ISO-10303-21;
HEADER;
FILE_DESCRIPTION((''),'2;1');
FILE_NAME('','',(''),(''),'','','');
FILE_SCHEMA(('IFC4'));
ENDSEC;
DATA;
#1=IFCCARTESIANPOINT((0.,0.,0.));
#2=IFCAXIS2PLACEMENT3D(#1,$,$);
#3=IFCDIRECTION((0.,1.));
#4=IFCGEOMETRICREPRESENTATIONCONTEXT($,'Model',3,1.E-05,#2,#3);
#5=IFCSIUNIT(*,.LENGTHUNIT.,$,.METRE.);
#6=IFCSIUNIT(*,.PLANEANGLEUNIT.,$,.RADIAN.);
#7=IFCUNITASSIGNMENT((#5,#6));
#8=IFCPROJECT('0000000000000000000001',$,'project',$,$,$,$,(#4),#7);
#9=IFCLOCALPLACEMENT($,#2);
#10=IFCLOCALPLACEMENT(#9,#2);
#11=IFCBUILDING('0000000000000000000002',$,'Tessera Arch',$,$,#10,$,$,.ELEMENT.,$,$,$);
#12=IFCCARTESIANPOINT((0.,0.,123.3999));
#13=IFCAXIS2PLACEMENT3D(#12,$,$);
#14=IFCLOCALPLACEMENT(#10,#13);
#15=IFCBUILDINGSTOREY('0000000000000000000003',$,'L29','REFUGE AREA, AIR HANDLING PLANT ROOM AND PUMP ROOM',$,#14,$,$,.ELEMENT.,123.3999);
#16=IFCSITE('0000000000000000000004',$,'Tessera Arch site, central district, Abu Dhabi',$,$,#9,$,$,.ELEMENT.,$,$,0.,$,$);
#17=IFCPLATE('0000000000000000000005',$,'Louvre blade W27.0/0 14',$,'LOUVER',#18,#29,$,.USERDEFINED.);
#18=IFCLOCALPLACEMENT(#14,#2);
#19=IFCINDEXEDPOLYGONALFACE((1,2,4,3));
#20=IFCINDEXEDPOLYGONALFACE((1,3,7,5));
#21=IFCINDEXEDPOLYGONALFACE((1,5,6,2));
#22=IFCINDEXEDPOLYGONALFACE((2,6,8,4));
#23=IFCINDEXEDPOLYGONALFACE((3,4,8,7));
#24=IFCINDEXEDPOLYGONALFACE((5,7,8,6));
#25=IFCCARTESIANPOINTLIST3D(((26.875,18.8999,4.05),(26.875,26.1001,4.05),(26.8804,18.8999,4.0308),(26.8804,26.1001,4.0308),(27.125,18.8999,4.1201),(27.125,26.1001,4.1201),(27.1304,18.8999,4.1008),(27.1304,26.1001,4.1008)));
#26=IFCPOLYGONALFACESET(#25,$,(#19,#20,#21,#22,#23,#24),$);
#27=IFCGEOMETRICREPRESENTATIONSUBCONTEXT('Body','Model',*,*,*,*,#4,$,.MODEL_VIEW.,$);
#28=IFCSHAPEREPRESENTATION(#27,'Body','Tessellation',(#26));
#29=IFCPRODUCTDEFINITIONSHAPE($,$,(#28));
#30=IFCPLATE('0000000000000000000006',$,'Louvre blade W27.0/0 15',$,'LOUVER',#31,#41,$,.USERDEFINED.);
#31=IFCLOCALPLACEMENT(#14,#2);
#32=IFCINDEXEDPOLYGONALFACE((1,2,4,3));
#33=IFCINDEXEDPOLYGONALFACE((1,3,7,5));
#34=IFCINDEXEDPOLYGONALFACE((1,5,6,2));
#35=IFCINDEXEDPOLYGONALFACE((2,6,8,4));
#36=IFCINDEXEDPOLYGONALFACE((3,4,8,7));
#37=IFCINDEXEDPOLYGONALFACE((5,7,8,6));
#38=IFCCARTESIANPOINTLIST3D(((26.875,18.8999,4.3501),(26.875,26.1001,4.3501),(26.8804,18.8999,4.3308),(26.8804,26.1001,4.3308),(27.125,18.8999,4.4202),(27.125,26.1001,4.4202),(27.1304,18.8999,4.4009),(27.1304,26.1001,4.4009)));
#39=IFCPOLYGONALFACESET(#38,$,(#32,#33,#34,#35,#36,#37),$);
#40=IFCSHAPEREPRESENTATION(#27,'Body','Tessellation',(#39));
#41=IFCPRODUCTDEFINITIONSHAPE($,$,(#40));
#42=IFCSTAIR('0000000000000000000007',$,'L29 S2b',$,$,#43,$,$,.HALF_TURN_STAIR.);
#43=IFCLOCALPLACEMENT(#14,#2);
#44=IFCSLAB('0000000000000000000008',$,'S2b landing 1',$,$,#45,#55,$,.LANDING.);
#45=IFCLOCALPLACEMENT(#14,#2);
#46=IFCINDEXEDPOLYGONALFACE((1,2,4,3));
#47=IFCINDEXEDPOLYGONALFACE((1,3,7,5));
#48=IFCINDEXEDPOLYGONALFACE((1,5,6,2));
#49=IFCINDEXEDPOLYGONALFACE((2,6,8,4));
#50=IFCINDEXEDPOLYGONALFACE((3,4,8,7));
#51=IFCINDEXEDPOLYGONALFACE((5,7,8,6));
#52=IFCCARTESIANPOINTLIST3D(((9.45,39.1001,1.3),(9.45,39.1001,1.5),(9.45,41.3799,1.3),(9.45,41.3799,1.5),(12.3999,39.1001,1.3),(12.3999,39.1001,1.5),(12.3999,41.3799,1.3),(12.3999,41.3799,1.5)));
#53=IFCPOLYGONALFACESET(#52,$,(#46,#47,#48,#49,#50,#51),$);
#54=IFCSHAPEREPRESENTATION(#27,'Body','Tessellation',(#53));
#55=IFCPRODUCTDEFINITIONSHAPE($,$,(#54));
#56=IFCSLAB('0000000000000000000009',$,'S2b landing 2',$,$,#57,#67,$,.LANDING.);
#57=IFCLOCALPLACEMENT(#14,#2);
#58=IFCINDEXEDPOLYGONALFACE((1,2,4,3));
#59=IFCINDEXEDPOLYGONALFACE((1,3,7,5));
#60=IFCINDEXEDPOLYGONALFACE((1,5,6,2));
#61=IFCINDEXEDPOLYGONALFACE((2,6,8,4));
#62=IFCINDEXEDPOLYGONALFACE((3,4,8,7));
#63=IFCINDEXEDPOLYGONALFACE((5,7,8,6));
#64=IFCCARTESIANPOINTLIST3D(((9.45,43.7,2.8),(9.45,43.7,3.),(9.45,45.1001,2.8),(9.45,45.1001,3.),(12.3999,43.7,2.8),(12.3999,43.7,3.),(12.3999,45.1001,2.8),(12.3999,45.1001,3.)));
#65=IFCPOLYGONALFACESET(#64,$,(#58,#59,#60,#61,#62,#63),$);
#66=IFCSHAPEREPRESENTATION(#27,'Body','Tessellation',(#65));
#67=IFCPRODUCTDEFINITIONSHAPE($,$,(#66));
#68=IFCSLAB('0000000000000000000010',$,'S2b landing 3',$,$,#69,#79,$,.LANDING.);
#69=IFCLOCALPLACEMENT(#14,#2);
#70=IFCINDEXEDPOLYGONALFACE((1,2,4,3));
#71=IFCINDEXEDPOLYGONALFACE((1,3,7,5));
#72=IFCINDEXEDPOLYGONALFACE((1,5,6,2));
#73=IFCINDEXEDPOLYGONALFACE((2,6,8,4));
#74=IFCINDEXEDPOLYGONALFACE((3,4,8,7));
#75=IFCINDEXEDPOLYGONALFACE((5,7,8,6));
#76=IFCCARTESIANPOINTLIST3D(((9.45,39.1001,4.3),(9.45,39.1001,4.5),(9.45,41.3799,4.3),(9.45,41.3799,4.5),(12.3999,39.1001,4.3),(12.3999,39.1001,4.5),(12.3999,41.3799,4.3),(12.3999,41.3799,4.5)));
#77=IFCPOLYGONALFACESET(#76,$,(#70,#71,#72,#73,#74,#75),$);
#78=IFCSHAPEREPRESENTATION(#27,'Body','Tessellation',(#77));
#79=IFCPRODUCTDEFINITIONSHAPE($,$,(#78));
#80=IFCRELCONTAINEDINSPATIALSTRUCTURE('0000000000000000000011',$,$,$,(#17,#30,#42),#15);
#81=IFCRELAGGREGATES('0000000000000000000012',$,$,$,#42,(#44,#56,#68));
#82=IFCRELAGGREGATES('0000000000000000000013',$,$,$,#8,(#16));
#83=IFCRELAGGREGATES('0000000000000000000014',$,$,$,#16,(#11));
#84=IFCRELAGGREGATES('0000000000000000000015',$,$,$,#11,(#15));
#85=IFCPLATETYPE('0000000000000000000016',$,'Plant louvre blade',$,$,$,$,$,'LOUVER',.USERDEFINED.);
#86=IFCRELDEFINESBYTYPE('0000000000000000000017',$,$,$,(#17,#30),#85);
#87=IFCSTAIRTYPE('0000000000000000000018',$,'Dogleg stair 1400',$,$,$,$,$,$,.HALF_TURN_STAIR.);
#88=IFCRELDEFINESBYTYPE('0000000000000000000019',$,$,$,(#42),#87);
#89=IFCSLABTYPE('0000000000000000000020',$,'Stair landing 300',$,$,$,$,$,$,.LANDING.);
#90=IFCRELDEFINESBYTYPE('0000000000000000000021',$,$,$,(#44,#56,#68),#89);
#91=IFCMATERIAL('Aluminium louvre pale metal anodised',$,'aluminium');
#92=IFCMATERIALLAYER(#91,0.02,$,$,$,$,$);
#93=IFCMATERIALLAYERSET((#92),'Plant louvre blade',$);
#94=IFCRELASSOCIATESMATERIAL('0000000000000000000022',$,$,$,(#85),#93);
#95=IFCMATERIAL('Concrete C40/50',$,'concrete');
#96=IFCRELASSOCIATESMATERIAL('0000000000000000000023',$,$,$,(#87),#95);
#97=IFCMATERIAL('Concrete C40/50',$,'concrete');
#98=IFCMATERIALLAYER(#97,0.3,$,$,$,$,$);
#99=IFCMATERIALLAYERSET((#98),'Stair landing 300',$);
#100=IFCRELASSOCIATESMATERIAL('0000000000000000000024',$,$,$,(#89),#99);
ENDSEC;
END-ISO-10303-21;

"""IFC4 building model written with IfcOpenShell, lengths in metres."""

from ifc_helpers import new_model, si_unit, direction, frame, origin, place, context, subcontext, project, spatial, polyline, outline, extrude, material, layer, layer_set, type_object, element, aggregate, save


model = new_model("IFC4")

# Units and contexts
model_context = context("Model", 3, precision=1e-05, world=origin(), true_north=direction((0.0, 1.0)))
body_context = subcontext(model_context, "Body", "Model", "MODEL_VIEW")
ifc_project = project(units=[si_unit("LENGTHUNIT", "METRE"), si_unit("PLANEANGLEUNIT", "RADIAN")], contexts=[model_context])

# Site, building, storey
site_placement = place(None, origin())
site = spatial("IfcSite", under=ifc_project, at=site_placement, Name="Tessera Arch site, central district, Abu Dhabi", CompositionType="ELEMENT", RefElevation=0.0)
building_placement = place(site_placement, origin())
building = spatial("IfcBuilding", under=site, at=building_placement, Name="Tessera Arch", CompositionType="ELEMENT")
storey_placement = place(building_placement, frame((0.0, 0.0, 123.3999)))
storey = spatial("IfcBuildingStorey", under=building, at=storey_placement, Name="L29", Description="REFUGE AREA, AIR HANDLING PLANT ROOM AND PUMP ROOM", CompositionType="ELEMENT", Elevation=123.3999)

# Plates
ifc_material_1 = material(Name="Aluminium louvre pale metal anodised", Category="aluminium")
ifc_layer_1 = layer(ifc_material_1, 0.02)
ifc_layer_set_1 = layer_set([ifc_layer_1], Name="Plant louvre blade")
plate_type_1 = type_object("IfcPlateType", Name="Plant louvre blade", ElementType="LOUVER", PredefinedType="USERDEFINED", material=ifc_layer_set_1)
for number, where, z_axis, x_axis, name in (
    (1, (26.875, 26.1001, 4.05), (-0.269874, 0.0, 0.962896), (0.0, -1.0, 0.0), "Louvre blade W27.0/0 14"),
    (2, (26.875, 26.1001, 4.3501), (-0.269874, 0.0, 0.962896), (0.0, -1.0, 0.0), "Louvre blade W27.0/0 15"),
):
    element("IfcPlate", number, at=place(storey_placement, frame(where, z_axis=z_axis, x_axis=x_axis)), inside=storey, type_object=plate_type_1, Name=name, ObjectType="LOUVER", PredefinedType="USERDEFINED", context=body_context, shape_type="SweptSolid", body=[
        extrude(outline(polyline([(0.0, 0.0), (7.2002, 0.0), (7.2002, 0.2596), (0.0, 0.2596), (0.0, 0.0)])), origin(), (0.0, 0.0, -1.0), 0.02),
    ])

# Stair, slabs
ifc_material_2 = material(Name="Concrete C40/50", Category="concrete")
stair_type = type_object("IfcStairType", Name="Dogleg stair 1400", PredefinedType="HALF_TURN_STAIR", material=ifc_material_2)
stair_placement = place(storey_placement, origin())
stair = element("IfcStair", 3, at=stair_placement, inside=storey, type_object=stair_type, Name="L29 S2b", PredefinedType="HALF_TURN_STAIR")
ifc_material_3 = material(Name="Concrete C40/50", Category="concrete")
ifc_layer_2 = layer(ifc_material_3, 0.3)
ifc_layer_set_2 = layer_set([ifc_layer_2], Name="Stair landing 300")
slab_type = type_object("IfcSlabType", Name="Stair landing 300", PredefinedType="LANDING", material=ifc_layer_set_2)
slab_1_placement = place(storey_placement, frame((0.0, 0.0, 1.3)))
slab_1 = element("IfcSlab", 4, at=slab_1_placement, type_object=slab_type, Name="S2b landing 1", PredefinedType="LANDING", context=body_context, shape_type="SweptSolid", body=[
    extrude(outline(polyline([(9.45, 41.3799), (9.45, 39.1001), (12.3999, 39.1001), (12.3999, 41.3799), (9.45, 41.3799)])), origin(), (0.0, 0.0, 1.0), 0.2),
])
slab_2_placement = place(storey_placement, frame((0.0, 0.0, 2.8)))
slab_2 = element("IfcSlab", 5, at=slab_2_placement, type_object=slab_type, Name="S2b landing 2", PredefinedType="LANDING", context=body_context, shape_type="SweptSolid", body=[
    extrude(outline(polyline([(9.45, 45.1001), (9.45, 43.7), (12.3999, 43.7), (12.3999, 45.1001), (9.45, 45.1001)])), origin(), (0.0, 0.0, 1.0), 0.2),
])
slab_3_placement = place(storey_placement, frame((0.0, 0.0, 4.3)))
slab_3 = element("IfcSlab", 6, at=slab_3_placement, type_object=slab_type, Name="S2b landing 3", PredefinedType="LANDING", context=body_context, shape_type="SweptSolid", body=[
    extrude(outline(polyline([(9.45, 41.3799), (9.45, 39.1001), (12.3999, 39.1001), (12.3999, 41.3799), (9.45, 41.3799)])), origin(), (0.0, 0.0, 1.0), 0.2),
])
aggregate(stair, [slab_1, slab_2, slab_3])

save(model, "model.ifc")
